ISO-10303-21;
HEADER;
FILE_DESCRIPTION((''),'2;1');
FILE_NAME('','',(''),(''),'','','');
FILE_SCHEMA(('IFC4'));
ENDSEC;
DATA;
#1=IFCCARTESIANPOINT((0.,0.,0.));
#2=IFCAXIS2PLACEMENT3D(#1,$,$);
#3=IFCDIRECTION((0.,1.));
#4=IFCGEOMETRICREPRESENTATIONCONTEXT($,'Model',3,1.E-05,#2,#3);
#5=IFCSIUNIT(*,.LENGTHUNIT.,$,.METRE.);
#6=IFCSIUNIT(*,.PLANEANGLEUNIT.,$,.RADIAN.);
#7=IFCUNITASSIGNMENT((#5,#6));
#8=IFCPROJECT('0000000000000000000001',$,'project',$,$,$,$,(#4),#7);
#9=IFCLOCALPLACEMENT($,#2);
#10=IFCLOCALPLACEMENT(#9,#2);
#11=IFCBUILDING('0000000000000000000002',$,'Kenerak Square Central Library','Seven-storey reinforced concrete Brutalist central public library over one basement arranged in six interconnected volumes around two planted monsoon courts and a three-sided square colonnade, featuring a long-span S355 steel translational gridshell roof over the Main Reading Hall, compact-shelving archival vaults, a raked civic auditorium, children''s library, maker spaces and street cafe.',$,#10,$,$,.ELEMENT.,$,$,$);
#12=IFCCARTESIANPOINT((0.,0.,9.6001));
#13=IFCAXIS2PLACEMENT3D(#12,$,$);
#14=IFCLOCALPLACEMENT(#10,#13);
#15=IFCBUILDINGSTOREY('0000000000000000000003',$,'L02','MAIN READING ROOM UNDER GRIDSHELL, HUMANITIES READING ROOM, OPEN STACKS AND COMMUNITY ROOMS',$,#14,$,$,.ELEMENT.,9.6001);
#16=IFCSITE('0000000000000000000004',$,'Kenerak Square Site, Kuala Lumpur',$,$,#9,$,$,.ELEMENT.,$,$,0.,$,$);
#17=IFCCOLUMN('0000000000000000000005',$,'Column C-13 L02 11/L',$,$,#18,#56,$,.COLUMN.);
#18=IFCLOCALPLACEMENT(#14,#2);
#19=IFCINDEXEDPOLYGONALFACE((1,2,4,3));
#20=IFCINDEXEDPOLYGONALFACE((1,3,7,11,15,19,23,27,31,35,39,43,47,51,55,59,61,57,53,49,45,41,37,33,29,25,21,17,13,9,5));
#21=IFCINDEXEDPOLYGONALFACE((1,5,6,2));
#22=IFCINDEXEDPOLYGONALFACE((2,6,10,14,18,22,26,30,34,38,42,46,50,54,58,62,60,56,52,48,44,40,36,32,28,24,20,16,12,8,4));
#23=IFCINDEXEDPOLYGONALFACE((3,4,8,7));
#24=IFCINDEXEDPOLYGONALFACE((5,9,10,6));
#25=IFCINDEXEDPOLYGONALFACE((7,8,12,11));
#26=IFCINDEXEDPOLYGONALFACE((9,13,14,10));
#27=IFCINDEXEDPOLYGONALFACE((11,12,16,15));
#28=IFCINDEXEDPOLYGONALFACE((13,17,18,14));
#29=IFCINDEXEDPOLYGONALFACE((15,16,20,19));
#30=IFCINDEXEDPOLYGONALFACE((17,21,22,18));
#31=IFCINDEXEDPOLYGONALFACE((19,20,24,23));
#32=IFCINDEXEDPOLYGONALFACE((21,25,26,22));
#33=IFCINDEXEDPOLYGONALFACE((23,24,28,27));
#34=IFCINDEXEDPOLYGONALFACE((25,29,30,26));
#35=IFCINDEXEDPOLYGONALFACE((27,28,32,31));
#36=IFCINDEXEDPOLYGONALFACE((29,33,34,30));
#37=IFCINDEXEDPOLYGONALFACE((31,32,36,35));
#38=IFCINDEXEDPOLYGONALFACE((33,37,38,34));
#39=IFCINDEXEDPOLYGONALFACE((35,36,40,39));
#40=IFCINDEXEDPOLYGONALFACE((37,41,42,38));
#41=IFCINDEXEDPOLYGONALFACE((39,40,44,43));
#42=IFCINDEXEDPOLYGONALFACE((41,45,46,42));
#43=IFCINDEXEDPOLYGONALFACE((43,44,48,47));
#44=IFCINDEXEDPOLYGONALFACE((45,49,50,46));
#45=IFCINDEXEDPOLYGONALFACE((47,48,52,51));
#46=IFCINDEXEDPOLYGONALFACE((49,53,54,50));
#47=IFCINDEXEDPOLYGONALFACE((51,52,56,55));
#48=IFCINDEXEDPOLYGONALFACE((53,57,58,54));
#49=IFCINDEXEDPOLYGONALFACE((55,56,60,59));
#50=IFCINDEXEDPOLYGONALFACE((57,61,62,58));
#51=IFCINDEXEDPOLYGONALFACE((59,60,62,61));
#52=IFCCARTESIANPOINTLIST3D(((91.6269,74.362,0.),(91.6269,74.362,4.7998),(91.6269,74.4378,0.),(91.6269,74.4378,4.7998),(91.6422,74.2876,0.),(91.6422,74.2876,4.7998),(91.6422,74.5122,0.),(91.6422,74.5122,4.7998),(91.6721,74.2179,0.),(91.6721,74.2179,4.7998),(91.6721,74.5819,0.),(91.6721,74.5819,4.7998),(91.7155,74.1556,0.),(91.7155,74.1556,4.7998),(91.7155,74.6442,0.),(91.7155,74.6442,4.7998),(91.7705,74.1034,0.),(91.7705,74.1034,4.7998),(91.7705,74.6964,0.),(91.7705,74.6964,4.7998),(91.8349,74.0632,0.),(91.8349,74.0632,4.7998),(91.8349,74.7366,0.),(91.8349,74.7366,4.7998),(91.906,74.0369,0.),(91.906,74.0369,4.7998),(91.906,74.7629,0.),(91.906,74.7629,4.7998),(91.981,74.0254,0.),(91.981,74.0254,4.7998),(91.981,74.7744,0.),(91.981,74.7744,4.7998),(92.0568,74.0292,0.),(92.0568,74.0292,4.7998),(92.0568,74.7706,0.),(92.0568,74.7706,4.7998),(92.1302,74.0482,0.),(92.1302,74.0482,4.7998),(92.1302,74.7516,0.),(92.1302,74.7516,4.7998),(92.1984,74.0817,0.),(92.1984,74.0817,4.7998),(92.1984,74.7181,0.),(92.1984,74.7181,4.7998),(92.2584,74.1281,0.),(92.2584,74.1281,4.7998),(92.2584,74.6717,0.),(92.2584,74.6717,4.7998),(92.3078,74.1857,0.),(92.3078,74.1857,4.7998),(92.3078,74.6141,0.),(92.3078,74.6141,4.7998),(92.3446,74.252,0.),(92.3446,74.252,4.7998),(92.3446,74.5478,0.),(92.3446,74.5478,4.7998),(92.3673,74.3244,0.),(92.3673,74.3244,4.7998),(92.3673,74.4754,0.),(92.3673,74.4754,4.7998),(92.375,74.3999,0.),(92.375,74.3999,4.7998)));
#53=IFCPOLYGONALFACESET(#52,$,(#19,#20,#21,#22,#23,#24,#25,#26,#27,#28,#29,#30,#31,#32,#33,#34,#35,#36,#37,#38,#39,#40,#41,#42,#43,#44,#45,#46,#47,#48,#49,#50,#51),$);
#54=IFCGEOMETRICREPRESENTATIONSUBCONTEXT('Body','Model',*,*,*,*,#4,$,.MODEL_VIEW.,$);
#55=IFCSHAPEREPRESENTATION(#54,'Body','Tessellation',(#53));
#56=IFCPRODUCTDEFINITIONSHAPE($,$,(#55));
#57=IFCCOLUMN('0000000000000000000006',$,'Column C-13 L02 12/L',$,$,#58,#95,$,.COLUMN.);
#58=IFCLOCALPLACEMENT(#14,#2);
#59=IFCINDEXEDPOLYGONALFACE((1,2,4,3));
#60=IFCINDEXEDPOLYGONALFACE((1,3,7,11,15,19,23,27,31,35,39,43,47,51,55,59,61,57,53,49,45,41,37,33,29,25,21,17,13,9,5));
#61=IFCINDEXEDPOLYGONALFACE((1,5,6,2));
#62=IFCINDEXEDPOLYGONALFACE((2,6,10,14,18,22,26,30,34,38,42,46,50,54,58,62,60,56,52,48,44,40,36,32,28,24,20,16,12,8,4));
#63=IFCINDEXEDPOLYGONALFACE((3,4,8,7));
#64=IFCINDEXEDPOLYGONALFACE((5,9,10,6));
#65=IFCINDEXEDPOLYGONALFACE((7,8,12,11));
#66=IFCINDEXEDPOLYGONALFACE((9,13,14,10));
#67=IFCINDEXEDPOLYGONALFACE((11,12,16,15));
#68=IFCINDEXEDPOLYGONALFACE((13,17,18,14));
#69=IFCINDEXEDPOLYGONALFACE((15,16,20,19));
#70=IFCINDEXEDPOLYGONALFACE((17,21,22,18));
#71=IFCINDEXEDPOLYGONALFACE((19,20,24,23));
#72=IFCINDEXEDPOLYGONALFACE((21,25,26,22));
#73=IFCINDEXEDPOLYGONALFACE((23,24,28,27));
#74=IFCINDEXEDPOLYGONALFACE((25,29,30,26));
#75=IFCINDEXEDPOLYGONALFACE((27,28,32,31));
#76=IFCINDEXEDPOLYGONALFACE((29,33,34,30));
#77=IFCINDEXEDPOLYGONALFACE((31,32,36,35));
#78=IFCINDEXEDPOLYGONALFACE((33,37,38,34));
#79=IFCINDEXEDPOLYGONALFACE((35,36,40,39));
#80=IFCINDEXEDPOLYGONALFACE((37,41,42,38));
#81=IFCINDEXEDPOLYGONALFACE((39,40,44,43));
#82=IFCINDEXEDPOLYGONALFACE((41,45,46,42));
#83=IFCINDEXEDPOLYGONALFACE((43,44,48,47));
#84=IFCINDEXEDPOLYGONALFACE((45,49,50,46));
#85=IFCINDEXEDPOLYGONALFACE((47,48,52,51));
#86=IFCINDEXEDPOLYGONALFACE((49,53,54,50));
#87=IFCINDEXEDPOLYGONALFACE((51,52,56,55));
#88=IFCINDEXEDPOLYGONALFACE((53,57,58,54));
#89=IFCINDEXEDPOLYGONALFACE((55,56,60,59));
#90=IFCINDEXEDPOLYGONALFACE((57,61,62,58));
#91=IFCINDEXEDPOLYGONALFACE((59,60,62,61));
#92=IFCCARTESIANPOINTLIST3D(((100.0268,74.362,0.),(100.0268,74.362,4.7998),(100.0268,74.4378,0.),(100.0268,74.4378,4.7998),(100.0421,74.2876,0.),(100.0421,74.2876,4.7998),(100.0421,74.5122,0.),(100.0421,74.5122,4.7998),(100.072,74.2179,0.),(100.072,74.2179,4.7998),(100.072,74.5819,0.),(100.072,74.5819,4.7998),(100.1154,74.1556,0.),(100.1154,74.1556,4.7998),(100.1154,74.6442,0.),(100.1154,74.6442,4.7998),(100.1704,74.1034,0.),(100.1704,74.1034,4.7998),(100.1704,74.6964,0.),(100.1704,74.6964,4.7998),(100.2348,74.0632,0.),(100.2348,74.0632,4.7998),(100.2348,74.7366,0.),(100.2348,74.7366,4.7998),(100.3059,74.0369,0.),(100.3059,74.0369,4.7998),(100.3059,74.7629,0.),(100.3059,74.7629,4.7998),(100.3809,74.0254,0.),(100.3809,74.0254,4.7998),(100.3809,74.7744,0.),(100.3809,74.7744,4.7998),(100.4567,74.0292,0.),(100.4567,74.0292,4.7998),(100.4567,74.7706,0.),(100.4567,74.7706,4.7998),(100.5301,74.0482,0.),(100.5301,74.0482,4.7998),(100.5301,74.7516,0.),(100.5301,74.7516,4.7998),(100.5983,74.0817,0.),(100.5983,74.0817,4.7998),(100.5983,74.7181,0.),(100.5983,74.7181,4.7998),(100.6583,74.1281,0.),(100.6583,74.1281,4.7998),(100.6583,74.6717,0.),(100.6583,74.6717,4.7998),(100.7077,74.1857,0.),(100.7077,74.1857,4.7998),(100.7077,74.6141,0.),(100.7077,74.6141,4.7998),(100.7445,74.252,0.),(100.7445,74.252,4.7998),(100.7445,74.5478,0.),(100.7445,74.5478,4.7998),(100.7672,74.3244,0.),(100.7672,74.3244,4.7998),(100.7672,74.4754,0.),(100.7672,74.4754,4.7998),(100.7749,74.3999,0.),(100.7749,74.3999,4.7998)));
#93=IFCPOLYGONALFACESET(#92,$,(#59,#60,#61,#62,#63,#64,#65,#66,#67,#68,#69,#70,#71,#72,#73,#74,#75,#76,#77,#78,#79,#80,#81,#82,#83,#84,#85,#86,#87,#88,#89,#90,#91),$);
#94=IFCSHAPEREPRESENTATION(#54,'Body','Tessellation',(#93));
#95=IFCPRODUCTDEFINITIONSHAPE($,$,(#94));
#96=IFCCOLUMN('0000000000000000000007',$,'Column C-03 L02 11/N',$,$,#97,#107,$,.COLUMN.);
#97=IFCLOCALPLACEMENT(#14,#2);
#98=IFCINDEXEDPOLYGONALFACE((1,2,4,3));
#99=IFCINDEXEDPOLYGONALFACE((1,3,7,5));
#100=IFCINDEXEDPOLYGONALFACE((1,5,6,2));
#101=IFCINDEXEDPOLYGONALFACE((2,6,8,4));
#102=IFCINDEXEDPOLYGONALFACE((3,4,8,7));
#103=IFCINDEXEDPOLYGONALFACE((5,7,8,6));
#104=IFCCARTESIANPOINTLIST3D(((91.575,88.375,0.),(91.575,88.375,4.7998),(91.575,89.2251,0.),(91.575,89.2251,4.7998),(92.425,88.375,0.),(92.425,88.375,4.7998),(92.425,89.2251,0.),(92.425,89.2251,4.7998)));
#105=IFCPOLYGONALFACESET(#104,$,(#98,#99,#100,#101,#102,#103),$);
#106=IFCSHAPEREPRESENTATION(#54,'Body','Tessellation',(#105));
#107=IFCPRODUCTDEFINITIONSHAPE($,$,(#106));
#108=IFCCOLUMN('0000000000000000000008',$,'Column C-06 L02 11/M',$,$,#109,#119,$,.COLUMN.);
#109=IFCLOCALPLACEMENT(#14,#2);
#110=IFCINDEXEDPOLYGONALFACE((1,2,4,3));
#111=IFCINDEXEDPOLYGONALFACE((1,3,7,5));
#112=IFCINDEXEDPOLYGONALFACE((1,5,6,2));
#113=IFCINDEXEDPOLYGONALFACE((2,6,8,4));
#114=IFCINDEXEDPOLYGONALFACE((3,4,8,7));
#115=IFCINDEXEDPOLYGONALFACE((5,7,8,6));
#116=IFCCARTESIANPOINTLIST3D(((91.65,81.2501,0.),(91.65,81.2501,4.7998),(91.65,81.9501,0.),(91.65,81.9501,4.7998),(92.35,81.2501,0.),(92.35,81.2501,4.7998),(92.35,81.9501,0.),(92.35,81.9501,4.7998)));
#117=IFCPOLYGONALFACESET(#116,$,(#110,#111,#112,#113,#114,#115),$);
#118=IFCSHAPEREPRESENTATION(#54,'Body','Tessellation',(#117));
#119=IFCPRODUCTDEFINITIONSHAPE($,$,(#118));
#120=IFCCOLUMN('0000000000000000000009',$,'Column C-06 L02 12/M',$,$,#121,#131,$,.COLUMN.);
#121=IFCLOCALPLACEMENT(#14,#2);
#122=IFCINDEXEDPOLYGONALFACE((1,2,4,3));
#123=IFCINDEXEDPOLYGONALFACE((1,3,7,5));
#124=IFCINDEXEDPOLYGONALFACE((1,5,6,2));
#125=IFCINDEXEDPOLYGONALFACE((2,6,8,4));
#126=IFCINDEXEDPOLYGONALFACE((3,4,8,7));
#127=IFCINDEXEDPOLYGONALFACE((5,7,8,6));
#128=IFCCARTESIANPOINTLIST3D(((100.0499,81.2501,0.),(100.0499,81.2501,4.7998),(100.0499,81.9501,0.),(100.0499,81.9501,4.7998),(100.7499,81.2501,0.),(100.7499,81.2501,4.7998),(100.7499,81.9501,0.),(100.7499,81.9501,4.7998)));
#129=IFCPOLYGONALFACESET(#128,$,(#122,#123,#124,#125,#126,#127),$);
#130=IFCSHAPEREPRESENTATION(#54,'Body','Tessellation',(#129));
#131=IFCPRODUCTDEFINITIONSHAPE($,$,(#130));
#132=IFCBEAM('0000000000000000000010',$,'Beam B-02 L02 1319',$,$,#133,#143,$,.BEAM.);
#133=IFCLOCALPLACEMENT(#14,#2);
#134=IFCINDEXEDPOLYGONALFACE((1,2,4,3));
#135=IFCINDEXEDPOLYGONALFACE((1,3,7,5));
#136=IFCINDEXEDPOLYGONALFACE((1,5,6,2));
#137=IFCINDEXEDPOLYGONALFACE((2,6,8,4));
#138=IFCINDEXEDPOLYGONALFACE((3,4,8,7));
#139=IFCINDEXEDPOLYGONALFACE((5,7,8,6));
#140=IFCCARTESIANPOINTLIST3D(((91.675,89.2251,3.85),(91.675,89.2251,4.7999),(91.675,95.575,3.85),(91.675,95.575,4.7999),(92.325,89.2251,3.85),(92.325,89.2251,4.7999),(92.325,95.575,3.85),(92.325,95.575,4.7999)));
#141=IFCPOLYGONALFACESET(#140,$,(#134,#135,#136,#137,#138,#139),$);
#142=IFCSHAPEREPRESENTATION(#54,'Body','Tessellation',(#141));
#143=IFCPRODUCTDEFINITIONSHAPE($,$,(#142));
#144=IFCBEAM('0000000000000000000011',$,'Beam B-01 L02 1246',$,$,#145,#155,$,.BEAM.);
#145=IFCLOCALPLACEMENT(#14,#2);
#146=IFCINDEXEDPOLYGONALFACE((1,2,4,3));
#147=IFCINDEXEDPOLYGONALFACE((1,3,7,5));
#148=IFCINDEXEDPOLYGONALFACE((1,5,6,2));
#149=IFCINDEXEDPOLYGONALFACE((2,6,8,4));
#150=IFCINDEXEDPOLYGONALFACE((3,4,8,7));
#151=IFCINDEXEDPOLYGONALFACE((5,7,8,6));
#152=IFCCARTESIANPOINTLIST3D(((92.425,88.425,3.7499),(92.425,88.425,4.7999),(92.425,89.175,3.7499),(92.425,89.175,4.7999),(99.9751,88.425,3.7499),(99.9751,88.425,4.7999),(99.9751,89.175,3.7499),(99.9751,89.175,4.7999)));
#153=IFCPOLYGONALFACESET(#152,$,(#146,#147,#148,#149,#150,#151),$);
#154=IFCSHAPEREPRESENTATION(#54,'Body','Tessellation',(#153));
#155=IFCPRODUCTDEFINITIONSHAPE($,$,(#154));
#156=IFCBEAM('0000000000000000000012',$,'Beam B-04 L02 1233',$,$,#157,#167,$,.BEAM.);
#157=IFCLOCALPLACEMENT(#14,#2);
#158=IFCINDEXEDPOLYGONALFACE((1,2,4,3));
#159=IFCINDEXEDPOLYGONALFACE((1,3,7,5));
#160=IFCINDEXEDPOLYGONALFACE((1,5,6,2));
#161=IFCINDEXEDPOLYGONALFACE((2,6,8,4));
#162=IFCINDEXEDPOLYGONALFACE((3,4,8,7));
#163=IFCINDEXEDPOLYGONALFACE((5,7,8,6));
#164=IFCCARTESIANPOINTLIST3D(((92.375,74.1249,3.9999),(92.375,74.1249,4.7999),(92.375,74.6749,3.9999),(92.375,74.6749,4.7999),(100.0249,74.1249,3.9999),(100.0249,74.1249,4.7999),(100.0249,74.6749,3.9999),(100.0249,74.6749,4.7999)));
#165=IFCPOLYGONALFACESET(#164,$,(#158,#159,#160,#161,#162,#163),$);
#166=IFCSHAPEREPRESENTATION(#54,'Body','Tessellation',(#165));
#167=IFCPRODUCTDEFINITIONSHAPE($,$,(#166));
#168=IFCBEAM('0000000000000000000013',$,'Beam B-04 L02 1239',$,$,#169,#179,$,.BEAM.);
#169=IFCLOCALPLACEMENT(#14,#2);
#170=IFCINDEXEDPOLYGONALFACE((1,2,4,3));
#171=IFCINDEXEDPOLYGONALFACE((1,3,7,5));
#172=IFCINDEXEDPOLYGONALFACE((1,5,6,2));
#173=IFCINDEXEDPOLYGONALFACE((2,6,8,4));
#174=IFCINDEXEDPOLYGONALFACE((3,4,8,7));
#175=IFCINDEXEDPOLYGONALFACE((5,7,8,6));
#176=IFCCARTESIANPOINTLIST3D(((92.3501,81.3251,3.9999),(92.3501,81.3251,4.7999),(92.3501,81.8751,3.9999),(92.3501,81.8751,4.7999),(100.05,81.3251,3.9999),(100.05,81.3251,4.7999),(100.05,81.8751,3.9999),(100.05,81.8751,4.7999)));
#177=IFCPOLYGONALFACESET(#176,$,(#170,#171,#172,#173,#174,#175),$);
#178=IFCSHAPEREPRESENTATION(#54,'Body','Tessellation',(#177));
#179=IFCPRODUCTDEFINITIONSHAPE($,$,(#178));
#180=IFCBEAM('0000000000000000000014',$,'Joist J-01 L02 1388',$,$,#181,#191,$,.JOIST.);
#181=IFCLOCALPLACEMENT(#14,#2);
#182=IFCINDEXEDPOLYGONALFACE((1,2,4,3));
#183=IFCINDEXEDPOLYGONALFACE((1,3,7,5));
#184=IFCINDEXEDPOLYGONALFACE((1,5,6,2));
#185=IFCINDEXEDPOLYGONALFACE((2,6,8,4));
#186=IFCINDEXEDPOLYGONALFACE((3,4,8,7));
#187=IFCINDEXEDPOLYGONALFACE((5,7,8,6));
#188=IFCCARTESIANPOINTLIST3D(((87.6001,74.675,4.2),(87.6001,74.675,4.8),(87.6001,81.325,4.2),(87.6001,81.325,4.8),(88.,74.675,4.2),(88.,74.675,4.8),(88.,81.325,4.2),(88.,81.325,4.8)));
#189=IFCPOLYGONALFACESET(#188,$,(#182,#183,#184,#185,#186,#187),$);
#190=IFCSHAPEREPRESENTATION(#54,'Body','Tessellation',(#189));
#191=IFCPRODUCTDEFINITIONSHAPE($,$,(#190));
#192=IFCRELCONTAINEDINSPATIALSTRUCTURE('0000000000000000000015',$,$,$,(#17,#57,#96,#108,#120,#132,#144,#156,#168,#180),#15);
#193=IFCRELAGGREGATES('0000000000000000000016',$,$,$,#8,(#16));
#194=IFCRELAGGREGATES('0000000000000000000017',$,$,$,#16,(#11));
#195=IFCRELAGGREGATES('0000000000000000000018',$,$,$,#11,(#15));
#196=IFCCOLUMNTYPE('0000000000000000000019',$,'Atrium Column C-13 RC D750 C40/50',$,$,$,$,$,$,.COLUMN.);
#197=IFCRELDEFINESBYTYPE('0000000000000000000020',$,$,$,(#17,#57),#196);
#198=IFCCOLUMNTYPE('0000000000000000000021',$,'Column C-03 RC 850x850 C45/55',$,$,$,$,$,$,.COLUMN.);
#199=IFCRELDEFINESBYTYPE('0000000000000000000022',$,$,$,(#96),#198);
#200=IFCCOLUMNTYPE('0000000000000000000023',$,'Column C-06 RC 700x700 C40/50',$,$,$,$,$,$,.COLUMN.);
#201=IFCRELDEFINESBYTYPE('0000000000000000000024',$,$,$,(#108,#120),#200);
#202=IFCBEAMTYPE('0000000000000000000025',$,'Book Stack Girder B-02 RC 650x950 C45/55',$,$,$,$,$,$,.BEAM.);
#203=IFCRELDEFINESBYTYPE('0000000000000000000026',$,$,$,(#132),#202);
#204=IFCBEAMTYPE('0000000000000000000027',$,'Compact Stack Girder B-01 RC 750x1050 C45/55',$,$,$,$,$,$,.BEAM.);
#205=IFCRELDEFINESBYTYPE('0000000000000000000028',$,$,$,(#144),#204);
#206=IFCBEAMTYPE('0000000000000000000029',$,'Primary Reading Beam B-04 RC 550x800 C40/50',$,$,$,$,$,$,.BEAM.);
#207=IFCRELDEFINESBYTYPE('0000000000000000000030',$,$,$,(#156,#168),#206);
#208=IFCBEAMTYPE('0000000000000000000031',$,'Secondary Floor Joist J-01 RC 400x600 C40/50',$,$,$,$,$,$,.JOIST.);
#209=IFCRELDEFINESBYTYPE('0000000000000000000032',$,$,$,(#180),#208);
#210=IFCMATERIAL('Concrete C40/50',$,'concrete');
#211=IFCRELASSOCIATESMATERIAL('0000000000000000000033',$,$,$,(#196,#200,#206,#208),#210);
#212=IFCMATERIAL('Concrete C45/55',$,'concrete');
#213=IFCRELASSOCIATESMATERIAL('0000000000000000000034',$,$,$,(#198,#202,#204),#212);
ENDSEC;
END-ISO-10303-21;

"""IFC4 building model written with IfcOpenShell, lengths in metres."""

from ifc_helpers import new_model, si_unit, direction, frame, origin, origin_2d, place, context, subcontext, project, spatial, rectangle, circle, extrude, material, material_profile, profile_set, type_object, element, save


model = new_model("IFC4")

# Units and contexts
model_context = context("Model", 3, precision=1e-05, world=origin(), true_north=direction((0.0, 1.0)))
body_context = subcontext(model_context, "Body", "Model", "MODEL_VIEW")
ifc_project = project(units=[si_unit("LENGTHUNIT", "METRE"), si_unit("PLANEANGLEUNIT", "RADIAN")], contexts=[model_context])

# Site, building, storey
site_placement = place(None, origin())
site = spatial("IfcSite", under=ifc_project, at=site_placement, Name="Kenerak Square Site, Kuala Lumpur", CompositionType="ELEMENT", RefElevation=0.0)
building_placement = place(site_placement, origin())
building = spatial("IfcBuilding", under=site, at=building_placement, Name="Kenerak Square Central Library", Description="Seven-storey reinforced concrete Brutalist central public library over one basement arranged in six interconnected volumes around two planted monsoon courts and a three-sided square colonnade, featuring a long-span S355 steel translational gridshell roof over the Main Reading Hall, compact-shelving archival vaults, a raked civic auditorium, children's library, maker spaces and street cafe.", CompositionType="ELEMENT")
storey_placement = place(building_placement, frame((0.0, 0.0, 9.6001)))
storey = spatial("IfcBuildingStorey", under=building, at=storey_placement, Name="L02", Description="MAIN READING ROOM UNDER GRIDSHELL, HUMANITIES READING ROOM, OPEN STACKS AND COMMUNITY ROOMS", CompositionType="ELEMENT", Elevation=9.6001)

# Columns
ifc_material_1 = material(Name="Concrete C40/50", Category="concrete")
ifc_material_profile_1 = material_profile(ifc_material_1, circle(Radius=0.375, at=origin_2d()), Name="RC D750")
ifc_profile_set_1 = profile_set([ifc_material_profile_1], Name="Concrete C40/50")
column_type_1 = type_object("IfcColumnType", Name="Atrium Column C-13 RC D750 C40/50", PredefinedType="COLUMN", material=ifc_profile_set_1)
for number, where, z_axis, x_axis, name in (
    (1, (92.0, 74.3999, 0.0), (0.0, 0.0, 1.0), (1.0, 0.0, 0.0), "Column C-13 L02 11/L"),
    (2, (100.3999, 74.3999, 0.0), (0.0, 0.0, 1.0), (1.0, 0.0, 0.0), "Column C-13 L02 12/L"),
):
    element("IfcColumn", number, at=place(storey_placement, frame(where, z_axis=z_axis, x_axis=x_axis)), inside=storey, type_object=column_type_1, Name=name, PredefinedType="COLUMN", context=body_context, shape_type="SweptSolid", body=[
        extrude(circle(Radius=0.375, at=origin_2d()), origin(), (0.0, 0.0, 1.0), 4.7998),
    ])
ifc_material_2 = material(Name="Concrete C45/55", Category="concrete")
ifc_material_profile_2 = material_profile(ifc_material_2, rectangle(XDim=0.8501, YDim=0.8501, at=origin_2d()), Name="RC 850x850")
ifc_profile_set_2 = profile_set([ifc_material_profile_2], Name="Concrete C45/55")
column_type_2 = type_object("IfcColumnType", Name="Column C-03 RC 850x850 C45/55", PredefinedType="COLUMN", material=ifc_profile_set_2)
column_placement = place(storey_placement, frame((92.0, 88.8, 0.0), z_axis=(0.0, 0.0, 1.0), x_axis=(1.0, 0.0, 0.0)))
element("IfcColumn", 3, at=column_placement, inside=storey, type_object=column_type_2, Name="Column C-03 L02 11/N", PredefinedType="COLUMN", context=body_context, shape_type="SweptSolid", body=[
    extrude(rectangle(XDim=0.8501, YDim=0.8501, at=origin_2d()), origin(), (0.0, 0.0, 1.0), 4.7998),
])
ifc_material_profile_3 = material_profile(ifc_material_1, rectangle(XDim=0.7, YDim=0.7, at=origin_2d()), Name="RC 700x700")
ifc_profile_set_3 = profile_set([ifc_material_profile_3], Name="Concrete C40/50")
column_type_3 = type_object("IfcColumnType", Name="Column C-06 RC 700x700 C40/50", PredefinedType="COLUMN", material=ifc_profile_set_3)
for number, where, z_axis, x_axis, name in (
    (4, (92.0, 81.6001, 0.0), (0.0, 0.0, 1.0), (1.0, 0.0, 0.0), "Column C-06 L02 11/M"),
    (5, (100.3999, 81.6001, 0.0), (0.0, 0.0, 1.0), (1.0, 0.0, 0.0), "Column C-06 L02 12/M"),
):
    element("IfcColumn", number, at=place(storey_placement, frame(where, z_axis=z_axis, x_axis=x_axis)), inside=storey, type_object=column_type_3, Name=name, PredefinedType="COLUMN", context=body_context, shape_type="SweptSolid", body=[
        extrude(rectangle(XDim=0.7, YDim=0.7, at=origin_2d()), origin(), (0.0, 0.0, 1.0), 4.7998),
    ])

# Beams
ifc_material_profile_4 = material_profile(ifc_material_2, rectangle(XDim=0.6499, YDim=0.95, at=origin_2d()), Name="RC 650x950")
ifc_profile_set_4 = profile_set([ifc_material_profile_4], Name="Concrete C45/55")
beam_type_1 = type_object("IfcBeamType", Name="Book Stack Girder B-02 RC 650x950 C45/55", PredefinedType="BEAM", material=ifc_profile_set_4)
beam_1_placement = place(storey_placement, frame((92.0, 89.2251, 4.325), z_axis=(0.0, 1.0, 0.0), x_axis=(-1.0, 0.0, 0.0)))
element("IfcBeam", 6, at=beam_1_placement, inside=storey, type_object=beam_type_1, Name="Beam B-02 L02 1319", PredefinedType="BEAM", context=body_context, shape_type="SweptSolid", body=[
    extrude(rectangle(XDim=0.6499, YDim=0.95, at=origin_2d()), origin(), (0.0, 0.0, 1.0), 6.3499),
])
ifc_material_profile_5 = material_profile(ifc_material_2, rectangle(XDim=0.75, YDim=1.05, at=origin_2d()), Name="RC 750x1050")
ifc_profile_set_5 = profile_set([ifc_material_profile_5], Name="Concrete C45/55")
beam_type_2 = type_object("IfcBeamType", Name="Compact Stack Girder B-01 RC 750x1050 C45/55", PredefinedType="BEAM", material=ifc_profile_set_5)
beam_2_placement = place(storey_placement, frame((92.425, 88.8, 4.2749), z_axis=(1.0, 0.0, 0.0), x_axis=(0.0, 1.0, 0.0)))
element("IfcBeam", 7, at=beam_2_placement, inside=storey, type_object=beam_type_2, Name="Beam B-01 L02 1246", PredefinedType="BEAM", context=body_context, shape_type="SweptSolid", body=[
    extrude(rectangle(XDim=0.75, YDim=1.05, at=origin_2d()), origin(), (0.0, 0.0, 1.0), 7.55),
])
ifc_material_profile_6 = material_profile(ifc_material_1, rectangle(XDim=0.55, YDim=0.8, at=origin_2d()), Name="RC 550x800")
ifc_profile_set_6 = profile_set([ifc_material_profile_6], Name="Concrete C40/50")
beam_type_3 = type_object("IfcBeamType", Name="Primary Reading Beam B-04 RC 550x800 C40/50", PredefinedType="BEAM", material=ifc_profile_set_6)
beam_3_placement = place(storey_placement, frame((92.375, 74.3999, 4.3999), z_axis=(1.0, 0.0, 0.0), x_axis=(0.0, 1.0, 0.0)))
element("IfcBeam", 8, at=beam_3_placement, inside=storey, type_object=beam_type_3, Name="Beam B-04 L02 1233", PredefinedType="BEAM", context=body_context, shape_type="SweptSolid", body=[
    extrude(rectangle(XDim=0.55, YDim=0.8, at=origin_2d()), origin(), (0.0, 0.0, 1.0), 7.6499),
])
beam_4_placement = place(storey_placement, frame((92.3501, 81.6001, 4.3999), z_axis=(1.0, 0.0, 0.0), x_axis=(0.0, 1.0, 0.0)))
element("IfcBeam", 9, at=beam_4_placement, inside=storey, type_object=beam_type_3, Name="Beam B-04 L02 1239", PredefinedType="BEAM", context=body_context, shape_type="SweptSolid", body=[
    extrude(rectangle(XDim=0.55, YDim=0.8, at=origin_2d()), origin(), (0.0, 0.0, 1.0), 7.7),
])
ifc_material_profile_7 = material_profile(ifc_material_1, rectangle(XDim=0.3999, YDim=0.6001, at=origin_2d()), Name="RC 400x600")
ifc_profile_set_7 = profile_set([ifc_material_profile_7], Name="Concrete C40/50")
beam_type_4 = type_object("IfcBeamType", Name="Secondary Floor Joist J-01 RC 400x600 C40/50", PredefinedType="JOIST", material=ifc_profile_set_7)
beam_5_placement = place(storey_placement, frame((87.8, 74.675, 4.5), z_axis=(0.0, 1.0, 0.0), x_axis=(-1.0, 0.0, 0.0)))
element("IfcBeam", 10, at=beam_5_placement, inside=storey, type_object=beam_type_4, Name="Joist J-01 L02 1388", PredefinedType="JOIST", context=body_context, shape_type="SweptSolid", body=[
    extrude(rectangle(XDim=0.3999, YDim=0.6001, at=origin_2d()), origin(), (0.0, 0.0, 1.0), 6.6499),
])

save(model, "model.ifc")
